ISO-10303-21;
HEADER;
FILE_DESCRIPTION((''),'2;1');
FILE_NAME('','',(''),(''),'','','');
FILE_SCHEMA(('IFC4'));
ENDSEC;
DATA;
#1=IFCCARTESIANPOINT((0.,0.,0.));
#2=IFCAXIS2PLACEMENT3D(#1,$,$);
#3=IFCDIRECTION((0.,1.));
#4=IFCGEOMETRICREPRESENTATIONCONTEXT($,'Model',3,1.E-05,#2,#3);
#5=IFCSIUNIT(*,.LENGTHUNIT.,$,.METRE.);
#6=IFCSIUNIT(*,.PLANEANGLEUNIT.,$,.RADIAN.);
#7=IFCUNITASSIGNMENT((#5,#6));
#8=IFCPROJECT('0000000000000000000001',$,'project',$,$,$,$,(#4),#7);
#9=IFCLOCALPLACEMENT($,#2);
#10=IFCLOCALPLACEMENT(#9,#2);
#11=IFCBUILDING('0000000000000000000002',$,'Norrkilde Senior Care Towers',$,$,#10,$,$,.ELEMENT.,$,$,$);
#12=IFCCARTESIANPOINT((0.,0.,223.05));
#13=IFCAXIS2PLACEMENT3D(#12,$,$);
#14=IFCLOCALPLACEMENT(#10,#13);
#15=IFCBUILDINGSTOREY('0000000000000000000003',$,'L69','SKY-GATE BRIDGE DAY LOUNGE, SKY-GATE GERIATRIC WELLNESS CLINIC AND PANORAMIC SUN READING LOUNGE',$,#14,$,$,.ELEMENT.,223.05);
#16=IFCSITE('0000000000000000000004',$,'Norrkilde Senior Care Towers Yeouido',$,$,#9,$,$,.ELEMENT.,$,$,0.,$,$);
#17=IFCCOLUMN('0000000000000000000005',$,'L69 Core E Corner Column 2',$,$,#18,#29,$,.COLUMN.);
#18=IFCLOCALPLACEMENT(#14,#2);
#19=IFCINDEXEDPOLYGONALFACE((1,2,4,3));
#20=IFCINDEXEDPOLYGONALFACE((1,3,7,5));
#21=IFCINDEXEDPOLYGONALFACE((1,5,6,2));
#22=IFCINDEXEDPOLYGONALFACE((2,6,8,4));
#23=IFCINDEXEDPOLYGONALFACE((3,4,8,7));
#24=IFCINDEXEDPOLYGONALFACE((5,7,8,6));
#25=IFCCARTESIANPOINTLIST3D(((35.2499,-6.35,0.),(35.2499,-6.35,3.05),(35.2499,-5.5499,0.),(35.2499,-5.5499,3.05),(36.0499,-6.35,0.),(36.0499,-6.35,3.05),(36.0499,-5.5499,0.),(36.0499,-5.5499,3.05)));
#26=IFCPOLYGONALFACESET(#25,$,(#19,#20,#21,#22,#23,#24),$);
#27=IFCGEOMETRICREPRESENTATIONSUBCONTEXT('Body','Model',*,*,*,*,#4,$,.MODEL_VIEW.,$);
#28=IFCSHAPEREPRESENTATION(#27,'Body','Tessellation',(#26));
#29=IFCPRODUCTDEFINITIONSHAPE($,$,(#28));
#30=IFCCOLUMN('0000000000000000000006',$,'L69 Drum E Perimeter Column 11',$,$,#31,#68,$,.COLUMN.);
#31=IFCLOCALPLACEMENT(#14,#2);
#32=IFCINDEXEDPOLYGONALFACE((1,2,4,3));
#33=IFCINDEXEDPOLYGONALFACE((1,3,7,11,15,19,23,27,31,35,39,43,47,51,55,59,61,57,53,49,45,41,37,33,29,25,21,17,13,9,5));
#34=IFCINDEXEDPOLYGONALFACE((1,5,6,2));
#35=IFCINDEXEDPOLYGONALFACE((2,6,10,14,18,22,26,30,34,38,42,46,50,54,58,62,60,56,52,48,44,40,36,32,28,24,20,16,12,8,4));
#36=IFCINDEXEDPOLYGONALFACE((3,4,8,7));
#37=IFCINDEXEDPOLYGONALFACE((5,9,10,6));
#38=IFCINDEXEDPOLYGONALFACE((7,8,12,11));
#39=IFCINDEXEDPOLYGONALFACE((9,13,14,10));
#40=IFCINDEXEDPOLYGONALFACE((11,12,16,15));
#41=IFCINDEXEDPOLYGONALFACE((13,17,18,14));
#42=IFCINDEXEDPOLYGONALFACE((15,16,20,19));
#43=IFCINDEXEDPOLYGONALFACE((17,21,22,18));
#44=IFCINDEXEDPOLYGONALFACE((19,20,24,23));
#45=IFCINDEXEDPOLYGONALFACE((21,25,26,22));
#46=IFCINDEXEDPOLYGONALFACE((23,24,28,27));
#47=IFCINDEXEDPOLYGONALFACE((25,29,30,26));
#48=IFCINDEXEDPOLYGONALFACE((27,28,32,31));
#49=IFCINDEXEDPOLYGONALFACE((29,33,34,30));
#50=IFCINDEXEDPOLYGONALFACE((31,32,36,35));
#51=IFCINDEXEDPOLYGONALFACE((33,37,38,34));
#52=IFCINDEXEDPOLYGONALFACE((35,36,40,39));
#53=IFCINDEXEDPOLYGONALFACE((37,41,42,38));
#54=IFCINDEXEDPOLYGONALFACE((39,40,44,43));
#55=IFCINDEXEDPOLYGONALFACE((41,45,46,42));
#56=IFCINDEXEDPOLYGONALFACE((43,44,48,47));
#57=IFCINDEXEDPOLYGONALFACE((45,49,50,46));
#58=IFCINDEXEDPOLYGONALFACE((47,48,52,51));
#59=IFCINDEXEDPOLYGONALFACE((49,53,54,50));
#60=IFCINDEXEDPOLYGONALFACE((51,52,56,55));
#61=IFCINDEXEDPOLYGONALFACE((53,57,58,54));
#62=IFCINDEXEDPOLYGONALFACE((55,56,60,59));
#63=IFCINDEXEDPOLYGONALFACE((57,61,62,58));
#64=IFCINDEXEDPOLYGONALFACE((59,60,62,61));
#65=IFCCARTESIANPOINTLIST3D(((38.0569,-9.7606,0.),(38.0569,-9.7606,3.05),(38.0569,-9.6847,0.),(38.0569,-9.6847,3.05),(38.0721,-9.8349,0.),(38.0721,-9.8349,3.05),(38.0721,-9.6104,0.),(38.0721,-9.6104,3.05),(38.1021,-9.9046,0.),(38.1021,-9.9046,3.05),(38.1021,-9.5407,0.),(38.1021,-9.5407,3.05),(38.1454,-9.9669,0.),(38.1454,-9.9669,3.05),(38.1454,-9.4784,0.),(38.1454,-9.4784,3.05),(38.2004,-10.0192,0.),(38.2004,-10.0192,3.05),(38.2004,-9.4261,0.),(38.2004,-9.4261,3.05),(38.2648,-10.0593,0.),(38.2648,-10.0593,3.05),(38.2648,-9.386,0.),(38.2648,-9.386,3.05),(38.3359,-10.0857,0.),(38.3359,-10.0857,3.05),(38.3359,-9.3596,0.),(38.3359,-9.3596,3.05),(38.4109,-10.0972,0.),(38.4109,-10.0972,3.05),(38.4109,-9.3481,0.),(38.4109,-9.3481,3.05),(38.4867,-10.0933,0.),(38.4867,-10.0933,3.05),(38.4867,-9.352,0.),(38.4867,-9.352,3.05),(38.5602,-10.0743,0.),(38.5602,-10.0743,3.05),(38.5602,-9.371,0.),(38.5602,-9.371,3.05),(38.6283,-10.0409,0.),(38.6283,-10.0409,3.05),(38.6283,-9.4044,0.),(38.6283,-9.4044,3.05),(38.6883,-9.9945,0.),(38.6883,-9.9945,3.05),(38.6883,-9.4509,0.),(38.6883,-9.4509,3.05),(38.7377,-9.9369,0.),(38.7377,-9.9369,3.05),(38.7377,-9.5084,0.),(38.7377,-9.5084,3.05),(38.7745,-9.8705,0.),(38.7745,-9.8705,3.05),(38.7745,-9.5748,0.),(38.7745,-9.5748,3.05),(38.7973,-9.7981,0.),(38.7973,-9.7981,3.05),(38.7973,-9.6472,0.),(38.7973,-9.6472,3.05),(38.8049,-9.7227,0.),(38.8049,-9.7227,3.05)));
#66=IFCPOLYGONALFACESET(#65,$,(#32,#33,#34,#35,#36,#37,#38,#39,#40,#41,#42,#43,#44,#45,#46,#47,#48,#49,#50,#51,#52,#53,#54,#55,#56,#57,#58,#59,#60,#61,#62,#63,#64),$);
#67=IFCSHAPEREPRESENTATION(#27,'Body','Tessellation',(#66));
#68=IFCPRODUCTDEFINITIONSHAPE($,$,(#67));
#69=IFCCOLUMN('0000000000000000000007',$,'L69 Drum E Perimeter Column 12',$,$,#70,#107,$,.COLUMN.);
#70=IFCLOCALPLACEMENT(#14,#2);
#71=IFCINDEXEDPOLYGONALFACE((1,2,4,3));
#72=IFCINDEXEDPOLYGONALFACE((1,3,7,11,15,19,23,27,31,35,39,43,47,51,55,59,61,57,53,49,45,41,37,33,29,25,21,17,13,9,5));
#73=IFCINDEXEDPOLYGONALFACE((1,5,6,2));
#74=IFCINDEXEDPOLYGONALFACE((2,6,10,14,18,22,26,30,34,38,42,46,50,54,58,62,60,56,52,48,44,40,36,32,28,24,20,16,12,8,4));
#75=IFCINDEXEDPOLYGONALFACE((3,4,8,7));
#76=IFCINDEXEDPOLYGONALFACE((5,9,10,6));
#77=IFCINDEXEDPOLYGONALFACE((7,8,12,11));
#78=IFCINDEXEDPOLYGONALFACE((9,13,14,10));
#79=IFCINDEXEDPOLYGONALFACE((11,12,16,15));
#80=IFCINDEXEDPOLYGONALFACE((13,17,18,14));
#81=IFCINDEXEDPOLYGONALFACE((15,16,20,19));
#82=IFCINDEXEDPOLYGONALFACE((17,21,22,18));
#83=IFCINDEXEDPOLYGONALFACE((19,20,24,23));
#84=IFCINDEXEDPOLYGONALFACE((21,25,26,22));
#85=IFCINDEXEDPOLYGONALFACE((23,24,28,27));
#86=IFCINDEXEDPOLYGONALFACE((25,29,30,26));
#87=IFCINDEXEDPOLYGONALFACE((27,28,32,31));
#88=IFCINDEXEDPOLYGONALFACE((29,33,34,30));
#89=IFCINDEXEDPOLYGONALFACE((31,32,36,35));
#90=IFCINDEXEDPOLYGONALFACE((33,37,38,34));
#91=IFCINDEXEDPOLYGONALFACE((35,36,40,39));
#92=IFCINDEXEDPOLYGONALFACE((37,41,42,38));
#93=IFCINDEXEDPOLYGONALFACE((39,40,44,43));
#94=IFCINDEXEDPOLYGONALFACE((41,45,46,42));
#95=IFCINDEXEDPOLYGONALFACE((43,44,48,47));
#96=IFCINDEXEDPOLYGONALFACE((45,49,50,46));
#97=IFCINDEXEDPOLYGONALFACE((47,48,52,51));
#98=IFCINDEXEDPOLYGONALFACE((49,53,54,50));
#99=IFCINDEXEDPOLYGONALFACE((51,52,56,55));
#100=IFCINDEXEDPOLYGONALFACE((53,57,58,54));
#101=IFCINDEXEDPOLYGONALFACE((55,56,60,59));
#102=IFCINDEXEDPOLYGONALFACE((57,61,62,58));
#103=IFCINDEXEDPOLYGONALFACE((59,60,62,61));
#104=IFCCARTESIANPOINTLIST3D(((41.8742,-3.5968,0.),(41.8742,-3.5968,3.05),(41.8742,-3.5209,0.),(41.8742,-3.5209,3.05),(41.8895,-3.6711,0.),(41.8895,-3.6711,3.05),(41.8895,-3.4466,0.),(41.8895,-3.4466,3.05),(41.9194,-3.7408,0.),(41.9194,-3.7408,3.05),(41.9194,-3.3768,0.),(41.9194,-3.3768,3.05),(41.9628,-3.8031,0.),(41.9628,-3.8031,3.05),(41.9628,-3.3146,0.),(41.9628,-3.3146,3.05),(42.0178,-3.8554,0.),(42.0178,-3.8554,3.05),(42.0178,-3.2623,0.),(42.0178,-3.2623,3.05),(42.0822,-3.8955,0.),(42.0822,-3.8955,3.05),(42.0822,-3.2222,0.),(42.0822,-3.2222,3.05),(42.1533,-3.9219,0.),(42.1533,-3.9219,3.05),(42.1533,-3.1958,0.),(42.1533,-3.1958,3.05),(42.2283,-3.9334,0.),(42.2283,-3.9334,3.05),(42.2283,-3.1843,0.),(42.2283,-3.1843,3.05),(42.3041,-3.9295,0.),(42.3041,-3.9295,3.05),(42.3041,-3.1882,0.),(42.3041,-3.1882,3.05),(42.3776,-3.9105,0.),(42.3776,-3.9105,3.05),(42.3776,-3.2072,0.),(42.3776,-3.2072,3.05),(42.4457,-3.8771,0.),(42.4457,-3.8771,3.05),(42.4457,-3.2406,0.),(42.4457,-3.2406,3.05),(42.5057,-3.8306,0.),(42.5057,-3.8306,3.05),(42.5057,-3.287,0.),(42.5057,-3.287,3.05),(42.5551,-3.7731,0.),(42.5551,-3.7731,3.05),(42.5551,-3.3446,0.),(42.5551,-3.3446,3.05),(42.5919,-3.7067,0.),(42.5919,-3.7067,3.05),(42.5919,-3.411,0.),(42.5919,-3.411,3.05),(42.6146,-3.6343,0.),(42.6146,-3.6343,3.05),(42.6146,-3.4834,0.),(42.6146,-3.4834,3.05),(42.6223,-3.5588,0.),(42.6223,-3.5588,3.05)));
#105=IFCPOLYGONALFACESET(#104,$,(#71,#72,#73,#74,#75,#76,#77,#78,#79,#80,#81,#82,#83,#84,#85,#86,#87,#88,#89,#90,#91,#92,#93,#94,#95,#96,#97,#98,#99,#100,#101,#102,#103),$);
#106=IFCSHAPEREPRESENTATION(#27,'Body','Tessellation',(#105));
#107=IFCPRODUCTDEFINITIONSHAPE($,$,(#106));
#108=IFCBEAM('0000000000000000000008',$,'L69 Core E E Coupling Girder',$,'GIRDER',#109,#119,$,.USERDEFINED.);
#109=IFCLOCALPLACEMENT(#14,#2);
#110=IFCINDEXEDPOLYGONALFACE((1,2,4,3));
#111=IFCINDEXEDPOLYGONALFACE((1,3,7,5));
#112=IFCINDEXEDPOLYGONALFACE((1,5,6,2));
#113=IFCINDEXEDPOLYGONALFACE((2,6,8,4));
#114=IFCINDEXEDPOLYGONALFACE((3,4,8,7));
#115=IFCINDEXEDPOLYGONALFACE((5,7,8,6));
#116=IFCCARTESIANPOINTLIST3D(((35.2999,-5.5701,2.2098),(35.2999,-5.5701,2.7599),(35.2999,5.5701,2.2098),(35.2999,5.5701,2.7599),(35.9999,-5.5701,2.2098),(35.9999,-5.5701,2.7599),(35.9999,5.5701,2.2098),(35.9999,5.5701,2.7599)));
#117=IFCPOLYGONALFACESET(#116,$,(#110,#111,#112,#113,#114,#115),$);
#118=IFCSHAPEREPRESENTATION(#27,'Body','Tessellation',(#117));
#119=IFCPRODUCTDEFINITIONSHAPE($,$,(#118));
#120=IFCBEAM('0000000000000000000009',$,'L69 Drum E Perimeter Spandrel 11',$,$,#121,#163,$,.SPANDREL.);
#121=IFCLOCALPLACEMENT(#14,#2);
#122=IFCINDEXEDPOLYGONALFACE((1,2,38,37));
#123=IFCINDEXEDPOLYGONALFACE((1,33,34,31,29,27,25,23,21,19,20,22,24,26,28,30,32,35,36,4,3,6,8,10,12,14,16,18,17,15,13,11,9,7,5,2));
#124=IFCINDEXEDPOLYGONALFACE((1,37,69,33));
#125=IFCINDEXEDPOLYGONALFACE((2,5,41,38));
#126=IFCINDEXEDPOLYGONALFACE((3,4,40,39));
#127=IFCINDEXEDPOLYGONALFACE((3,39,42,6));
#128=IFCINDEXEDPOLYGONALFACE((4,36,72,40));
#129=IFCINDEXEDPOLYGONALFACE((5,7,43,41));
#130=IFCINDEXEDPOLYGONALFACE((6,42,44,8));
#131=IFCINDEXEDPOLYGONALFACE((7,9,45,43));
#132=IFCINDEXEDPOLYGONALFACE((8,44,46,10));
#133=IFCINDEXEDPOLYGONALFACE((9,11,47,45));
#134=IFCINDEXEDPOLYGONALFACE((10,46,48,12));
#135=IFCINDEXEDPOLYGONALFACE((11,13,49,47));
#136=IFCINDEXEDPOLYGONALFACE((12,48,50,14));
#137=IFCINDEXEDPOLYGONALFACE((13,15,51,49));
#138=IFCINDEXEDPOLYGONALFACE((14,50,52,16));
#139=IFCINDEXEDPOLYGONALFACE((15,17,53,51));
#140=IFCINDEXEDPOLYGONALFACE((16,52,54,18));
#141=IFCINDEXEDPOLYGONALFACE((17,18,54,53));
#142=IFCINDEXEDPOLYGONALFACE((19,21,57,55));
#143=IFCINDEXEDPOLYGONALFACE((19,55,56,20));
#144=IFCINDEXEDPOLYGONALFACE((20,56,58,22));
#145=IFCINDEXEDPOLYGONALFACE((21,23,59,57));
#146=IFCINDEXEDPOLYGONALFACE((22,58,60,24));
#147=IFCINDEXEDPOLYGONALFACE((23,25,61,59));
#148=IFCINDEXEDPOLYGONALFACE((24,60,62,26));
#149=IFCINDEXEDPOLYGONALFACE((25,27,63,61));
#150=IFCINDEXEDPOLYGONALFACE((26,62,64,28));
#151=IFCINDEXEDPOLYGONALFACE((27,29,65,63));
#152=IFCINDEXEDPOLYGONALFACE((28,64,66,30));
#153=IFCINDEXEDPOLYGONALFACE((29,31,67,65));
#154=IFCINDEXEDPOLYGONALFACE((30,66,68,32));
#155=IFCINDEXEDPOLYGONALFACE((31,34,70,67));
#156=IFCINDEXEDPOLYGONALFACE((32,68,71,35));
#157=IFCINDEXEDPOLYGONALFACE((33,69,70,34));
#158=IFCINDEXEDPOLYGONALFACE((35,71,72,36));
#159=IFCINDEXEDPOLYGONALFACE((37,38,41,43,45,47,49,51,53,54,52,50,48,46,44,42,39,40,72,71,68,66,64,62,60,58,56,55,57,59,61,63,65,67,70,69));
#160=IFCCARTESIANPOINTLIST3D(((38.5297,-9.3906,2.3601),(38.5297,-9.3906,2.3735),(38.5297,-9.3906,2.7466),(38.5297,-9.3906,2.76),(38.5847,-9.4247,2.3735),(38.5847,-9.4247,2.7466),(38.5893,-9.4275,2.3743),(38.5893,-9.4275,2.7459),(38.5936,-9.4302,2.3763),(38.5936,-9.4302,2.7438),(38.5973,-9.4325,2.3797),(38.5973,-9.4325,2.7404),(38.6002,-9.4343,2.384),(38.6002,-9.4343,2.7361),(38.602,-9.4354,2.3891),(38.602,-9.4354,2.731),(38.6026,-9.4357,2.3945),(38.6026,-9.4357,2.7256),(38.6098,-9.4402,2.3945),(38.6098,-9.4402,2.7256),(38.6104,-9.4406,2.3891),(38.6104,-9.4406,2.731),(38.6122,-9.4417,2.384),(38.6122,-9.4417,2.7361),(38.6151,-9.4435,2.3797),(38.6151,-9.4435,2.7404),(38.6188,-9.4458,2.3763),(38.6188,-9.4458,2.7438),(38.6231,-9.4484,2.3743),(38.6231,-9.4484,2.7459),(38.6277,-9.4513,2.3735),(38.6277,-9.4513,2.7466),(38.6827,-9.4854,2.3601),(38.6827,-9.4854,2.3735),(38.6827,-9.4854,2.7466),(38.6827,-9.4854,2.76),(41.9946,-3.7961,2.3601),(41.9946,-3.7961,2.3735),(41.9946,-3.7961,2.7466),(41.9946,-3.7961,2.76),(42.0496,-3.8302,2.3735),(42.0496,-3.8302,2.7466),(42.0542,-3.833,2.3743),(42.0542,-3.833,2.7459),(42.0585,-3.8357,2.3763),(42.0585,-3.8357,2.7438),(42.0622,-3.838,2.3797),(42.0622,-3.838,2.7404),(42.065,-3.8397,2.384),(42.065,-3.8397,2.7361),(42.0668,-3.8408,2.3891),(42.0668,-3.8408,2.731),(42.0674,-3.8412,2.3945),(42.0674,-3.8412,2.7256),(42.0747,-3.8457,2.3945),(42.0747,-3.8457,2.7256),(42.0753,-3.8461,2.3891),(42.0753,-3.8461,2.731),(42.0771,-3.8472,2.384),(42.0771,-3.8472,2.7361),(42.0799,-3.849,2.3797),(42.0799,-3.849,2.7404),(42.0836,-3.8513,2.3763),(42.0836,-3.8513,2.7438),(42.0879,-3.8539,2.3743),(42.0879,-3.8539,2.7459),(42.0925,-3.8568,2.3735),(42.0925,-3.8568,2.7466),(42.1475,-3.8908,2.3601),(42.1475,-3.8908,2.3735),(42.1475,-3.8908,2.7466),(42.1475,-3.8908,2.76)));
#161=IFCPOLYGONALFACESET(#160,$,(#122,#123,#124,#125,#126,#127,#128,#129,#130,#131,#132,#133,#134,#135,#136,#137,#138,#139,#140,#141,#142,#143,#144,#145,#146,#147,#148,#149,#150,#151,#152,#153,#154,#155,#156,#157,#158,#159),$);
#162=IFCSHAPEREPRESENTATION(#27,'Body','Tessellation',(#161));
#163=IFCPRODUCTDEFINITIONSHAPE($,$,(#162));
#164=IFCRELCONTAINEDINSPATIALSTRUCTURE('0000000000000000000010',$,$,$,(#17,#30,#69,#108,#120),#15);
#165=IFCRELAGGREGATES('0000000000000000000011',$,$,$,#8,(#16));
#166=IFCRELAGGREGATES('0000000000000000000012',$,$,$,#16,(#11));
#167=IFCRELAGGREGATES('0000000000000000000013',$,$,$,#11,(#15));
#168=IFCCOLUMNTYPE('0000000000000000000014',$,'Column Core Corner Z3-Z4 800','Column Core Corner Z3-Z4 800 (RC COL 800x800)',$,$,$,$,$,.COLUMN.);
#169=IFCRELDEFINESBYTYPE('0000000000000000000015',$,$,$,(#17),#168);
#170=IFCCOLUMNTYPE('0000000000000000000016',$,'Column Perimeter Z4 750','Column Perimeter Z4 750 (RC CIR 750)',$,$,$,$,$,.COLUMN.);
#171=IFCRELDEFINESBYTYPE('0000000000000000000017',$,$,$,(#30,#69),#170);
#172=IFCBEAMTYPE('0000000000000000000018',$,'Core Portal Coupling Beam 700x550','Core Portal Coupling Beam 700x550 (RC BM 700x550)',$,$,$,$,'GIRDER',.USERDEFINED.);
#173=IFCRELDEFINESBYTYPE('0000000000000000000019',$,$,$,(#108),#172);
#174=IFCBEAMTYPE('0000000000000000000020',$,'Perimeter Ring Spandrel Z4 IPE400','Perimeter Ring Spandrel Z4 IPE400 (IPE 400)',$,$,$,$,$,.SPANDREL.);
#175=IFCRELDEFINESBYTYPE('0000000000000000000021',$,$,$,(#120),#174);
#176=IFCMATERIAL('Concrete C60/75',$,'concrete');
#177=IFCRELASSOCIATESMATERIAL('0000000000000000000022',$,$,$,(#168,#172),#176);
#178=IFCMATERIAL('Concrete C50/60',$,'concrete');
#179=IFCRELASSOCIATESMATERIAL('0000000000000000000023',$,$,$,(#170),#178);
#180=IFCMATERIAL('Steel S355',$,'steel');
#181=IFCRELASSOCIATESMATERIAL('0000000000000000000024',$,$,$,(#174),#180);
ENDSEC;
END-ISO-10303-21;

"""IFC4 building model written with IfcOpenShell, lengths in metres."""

from ifc_helpers import new_model, si_unit, direction, frame, origin, origin_2d, place, context, subcontext, project, spatial, rectangle, circle, i_section, extrude, source, transform, mapped, material, material_profile, profile_set, type_object, type_shapes, element, save


model = new_model("IFC4")

# Units and contexts
model_context = context("Model", 3, precision=1e-05, world=origin(), true_north=direction((0.0, 1.0)))
body_context = subcontext(model_context, "Body", "Model", "MODEL_VIEW")
ifc_project = project(units=[si_unit("LENGTHUNIT", "METRE"), si_unit("PLANEANGLEUNIT", "RADIAN")], contexts=[model_context])

# Site, building, storey
site_placement = place(None, origin())
site = spatial("IfcSite", under=ifc_project, at=site_placement, Name="Norrkilde Senior Care Towers Yeouido", CompositionType="ELEMENT", RefElevation=0.0)
building_placement = place(site_placement, origin())
building = spatial("IfcBuilding", under=site, at=building_placement, Name="Norrkilde Senior Care Towers", CompositionType="ELEMENT")
storey_placement = place(building_placement, frame((0.0, 0.0, 223.05)))
storey = spatial("IfcBuildingStorey", under=building, at=storey_placement, Name="L69", Description="SKY-GATE BRIDGE DAY LOUNGE, SKY-GATE GERIATRIC WELLNESS CLINIC AND PANORAMIC SUN READING LOUNGE", CompositionType="ELEMENT", Elevation=223.05)

# Columns
ifc_material_1 = material(Name="Concrete C60/75", Category="concrete")
ifc_material_profile_1 = material_profile(ifc_material_1, rectangle(XDim=0.8, YDim=0.8, at=origin_2d()), Name="RC COL 800x800")
ifc_profile_set_1 = profile_set([ifc_material_profile_1], Name="Concrete C60/75")
column_type_1 = type_object("IfcColumnType", Name="Column Core Corner Z3-Z4 800", Description="Column Core Corner Z3-Z4 800 (RC COL 800x800)", PredefinedType="COLUMN", material=ifc_profile_set_1)
shared_shape_1 = source(origin(), body_context, "Body", "SweptSolid", [
    extrude(rectangle(XDim=0.8, YDim=0.8, at=origin_2d()), origin(), (0.0, 0.0, 1.0), 3.05),
])
type_shapes(column_type_1, [shared_shape_1])
column_placement = place(storey_placement, frame((35.6499, -5.95, 0.0), z_axis=(0.0, 0.0, 1.0), x_axis=(1.0, 0.0, 0.0)))
element("IfcColumn", 1, at=column_placement, inside=storey, type_object=column_type_1, Name="L69 Core E Corner Column 2", PredefinedType="COLUMN", context=body_context, shape_type="MappedRepresentation", body=[
    mapped(shared_shape_1, transform((0.0, 0.0, 0.0), x_axis=(1.0, 0.0, 0.0), y_axis=(0.0, 1.0, 0.0), z_axis=(0.0, 0.0, 1.0), scale=1.0)),
])
ifc_material_2 = material(Name="Concrete C50/60", Category="concrete")
ifc_material_profile_2 = material_profile(ifc_material_2, circle(Radius=0.375, at=origin_2d()), Name="RC CIR 750")
ifc_profile_set_2 = profile_set([ifc_material_profile_2], Name="Concrete C50/60")
column_type_2 = type_object("IfcColumnType", Name="Column Perimeter Z4 750", Description="Column Perimeter Z4 750 (RC CIR 750)", PredefinedType="COLUMN", material=ifc_profile_set_2)
shared_shape_2 = source(origin(), body_context, "Body", "SweptSolid", [
    extrude(circle(Radius=0.375, at=origin_2d()), origin(), (0.0, 0.0, 1.0), 3.05),
])
type_shapes(column_type_2, [shared_shape_2])
for number, where, z_axis, x_axis, name in (
    (2, (38.4299, -9.7227, 0.0), (0.0, 0.0, 1.0), (1.0, 0.0, 0.0), "L69 Drum E Perimeter Column 11"),
    (3, (42.2473, -3.5588, 0.0), (0.0, 0.0, 1.0), (1.0, 0.0, 0.0), "L69 Drum E Perimeter Column 12"),
):
    element("IfcColumn", number, at=place(storey_placement, frame(where, z_axis=z_axis, x_axis=x_axis)), inside=storey, type_object=column_type_2, Name=name, PredefinedType="COLUMN", context=body_context, shape_type="MappedRepresentation", body=[
        mapped(shared_shape_2, transform((0.0, 0.0, 0.0), x_axis=(1.0, 0.0, 0.0), y_axis=(0.0, 1.0, 0.0), z_axis=(0.0, 0.0, 1.0), scale=1.0)),
    ])

# Beams
ifc_material_profile_3 = material_profile(ifc_material_1, rectangle(XDim=0.7, YDim=0.55, at=origin_2d()), Name="RC BM 700x550")
ifc_profile_set_3 = profile_set([ifc_material_profile_3], Name="Concrete C60/75")
beam_type_1 = type_object("IfcBeamType", Name="Core Portal Coupling Beam 700x550", Description="Core Portal Coupling Beam 700x550 (RC BM 700x550)", ElementType="GIRDER", PredefinedType="USERDEFINED", material=ifc_profile_set_3)
shared_shape_3 = source(origin(), body_context, "Body", "SweptSolid", [
    extrude(rectangle(XDim=0.7, YDim=0.55, at=origin_2d()), origin(), (0.0, 0.0, 1.0), 11.1401),
])
type_shapes(beam_type_1, [shared_shape_3])
beam_1_placement = place(storey_placement, frame((35.6499, -5.5701, 2.4849), z_axis=(0.0, 1.0, 0.0), x_axis=(-1.0, 0.0, 0.0)))
element("IfcBeam", 4, at=beam_1_placement, inside=storey, type_object=beam_type_1, Name="L69 Core E E Coupling Girder", ObjectType="GIRDER", PredefinedType="USERDEFINED", context=body_context, shape_type="MappedRepresentation", body=[
    mapped(shared_shape_3, transform((0.0, 0.0, 0.0), x_axis=(1.0, 0.0, 0.0), y_axis=(0.0, 1.0, 0.0), z_axis=(0.0, 0.0, 1.0), scale=1.0)),
])
ifc_material_3 = material(Name="Steel S355", Category="steel")
ifc_material_profile_4 = material_profile(ifc_material_3, i_section(OverallWidth=0.1799, OverallDepth=0.3999, WebThickness=0.0085, FlangeThickness=0.0134, FilletRadius=0.021, at=origin_2d()), Name="IPE 400")
ifc_profile_set_4 = profile_set([ifc_material_profile_4], Name="Steel S355")
beam_type_2 = type_object("IfcBeamType", Name="Perimeter Ring Spandrel Z4 IPE400", Description="Perimeter Ring Spandrel Z4 IPE400 (IPE 400)", PredefinedType="SPANDREL", material=ifc_profile_set_4)
shared_shape_4 = source(origin(), body_context, "Body", "SweptSolid", [
    extrude(i_section(OverallWidth=0.1799, OverallDepth=0.3999, WebThickness=0.0085, FlangeThickness=0.0134, FilletRadius=0.021, at=origin_2d()), origin(), (0.0, 0.0, 1.0), 6.5806),
])
beam_2_placement = place(storey_placement, frame((38.6062, -9.438, 2.5601), z_axis=(0.52653, 0.850157, 0.0), x_axis=(-0.850157, 0.52653, 0.0)))
element("IfcBeam", 5, at=beam_2_placement, inside=storey, type_object=beam_type_2, Name="L69 Drum E Perimeter Spandrel 11", PredefinedType="SPANDREL", context=body_context, shape_type="MappedRepresentation", body=[
    mapped(shared_shape_4, transform((0.0, 0.0, 0.0), x_axis=(1.0, 0.0, 0.0), y_axis=(0.0, 1.0, 0.0), z_axis=(0.0, 0.0, 1.0), scale=1.0)),
])

save(model, "model.ifc")
